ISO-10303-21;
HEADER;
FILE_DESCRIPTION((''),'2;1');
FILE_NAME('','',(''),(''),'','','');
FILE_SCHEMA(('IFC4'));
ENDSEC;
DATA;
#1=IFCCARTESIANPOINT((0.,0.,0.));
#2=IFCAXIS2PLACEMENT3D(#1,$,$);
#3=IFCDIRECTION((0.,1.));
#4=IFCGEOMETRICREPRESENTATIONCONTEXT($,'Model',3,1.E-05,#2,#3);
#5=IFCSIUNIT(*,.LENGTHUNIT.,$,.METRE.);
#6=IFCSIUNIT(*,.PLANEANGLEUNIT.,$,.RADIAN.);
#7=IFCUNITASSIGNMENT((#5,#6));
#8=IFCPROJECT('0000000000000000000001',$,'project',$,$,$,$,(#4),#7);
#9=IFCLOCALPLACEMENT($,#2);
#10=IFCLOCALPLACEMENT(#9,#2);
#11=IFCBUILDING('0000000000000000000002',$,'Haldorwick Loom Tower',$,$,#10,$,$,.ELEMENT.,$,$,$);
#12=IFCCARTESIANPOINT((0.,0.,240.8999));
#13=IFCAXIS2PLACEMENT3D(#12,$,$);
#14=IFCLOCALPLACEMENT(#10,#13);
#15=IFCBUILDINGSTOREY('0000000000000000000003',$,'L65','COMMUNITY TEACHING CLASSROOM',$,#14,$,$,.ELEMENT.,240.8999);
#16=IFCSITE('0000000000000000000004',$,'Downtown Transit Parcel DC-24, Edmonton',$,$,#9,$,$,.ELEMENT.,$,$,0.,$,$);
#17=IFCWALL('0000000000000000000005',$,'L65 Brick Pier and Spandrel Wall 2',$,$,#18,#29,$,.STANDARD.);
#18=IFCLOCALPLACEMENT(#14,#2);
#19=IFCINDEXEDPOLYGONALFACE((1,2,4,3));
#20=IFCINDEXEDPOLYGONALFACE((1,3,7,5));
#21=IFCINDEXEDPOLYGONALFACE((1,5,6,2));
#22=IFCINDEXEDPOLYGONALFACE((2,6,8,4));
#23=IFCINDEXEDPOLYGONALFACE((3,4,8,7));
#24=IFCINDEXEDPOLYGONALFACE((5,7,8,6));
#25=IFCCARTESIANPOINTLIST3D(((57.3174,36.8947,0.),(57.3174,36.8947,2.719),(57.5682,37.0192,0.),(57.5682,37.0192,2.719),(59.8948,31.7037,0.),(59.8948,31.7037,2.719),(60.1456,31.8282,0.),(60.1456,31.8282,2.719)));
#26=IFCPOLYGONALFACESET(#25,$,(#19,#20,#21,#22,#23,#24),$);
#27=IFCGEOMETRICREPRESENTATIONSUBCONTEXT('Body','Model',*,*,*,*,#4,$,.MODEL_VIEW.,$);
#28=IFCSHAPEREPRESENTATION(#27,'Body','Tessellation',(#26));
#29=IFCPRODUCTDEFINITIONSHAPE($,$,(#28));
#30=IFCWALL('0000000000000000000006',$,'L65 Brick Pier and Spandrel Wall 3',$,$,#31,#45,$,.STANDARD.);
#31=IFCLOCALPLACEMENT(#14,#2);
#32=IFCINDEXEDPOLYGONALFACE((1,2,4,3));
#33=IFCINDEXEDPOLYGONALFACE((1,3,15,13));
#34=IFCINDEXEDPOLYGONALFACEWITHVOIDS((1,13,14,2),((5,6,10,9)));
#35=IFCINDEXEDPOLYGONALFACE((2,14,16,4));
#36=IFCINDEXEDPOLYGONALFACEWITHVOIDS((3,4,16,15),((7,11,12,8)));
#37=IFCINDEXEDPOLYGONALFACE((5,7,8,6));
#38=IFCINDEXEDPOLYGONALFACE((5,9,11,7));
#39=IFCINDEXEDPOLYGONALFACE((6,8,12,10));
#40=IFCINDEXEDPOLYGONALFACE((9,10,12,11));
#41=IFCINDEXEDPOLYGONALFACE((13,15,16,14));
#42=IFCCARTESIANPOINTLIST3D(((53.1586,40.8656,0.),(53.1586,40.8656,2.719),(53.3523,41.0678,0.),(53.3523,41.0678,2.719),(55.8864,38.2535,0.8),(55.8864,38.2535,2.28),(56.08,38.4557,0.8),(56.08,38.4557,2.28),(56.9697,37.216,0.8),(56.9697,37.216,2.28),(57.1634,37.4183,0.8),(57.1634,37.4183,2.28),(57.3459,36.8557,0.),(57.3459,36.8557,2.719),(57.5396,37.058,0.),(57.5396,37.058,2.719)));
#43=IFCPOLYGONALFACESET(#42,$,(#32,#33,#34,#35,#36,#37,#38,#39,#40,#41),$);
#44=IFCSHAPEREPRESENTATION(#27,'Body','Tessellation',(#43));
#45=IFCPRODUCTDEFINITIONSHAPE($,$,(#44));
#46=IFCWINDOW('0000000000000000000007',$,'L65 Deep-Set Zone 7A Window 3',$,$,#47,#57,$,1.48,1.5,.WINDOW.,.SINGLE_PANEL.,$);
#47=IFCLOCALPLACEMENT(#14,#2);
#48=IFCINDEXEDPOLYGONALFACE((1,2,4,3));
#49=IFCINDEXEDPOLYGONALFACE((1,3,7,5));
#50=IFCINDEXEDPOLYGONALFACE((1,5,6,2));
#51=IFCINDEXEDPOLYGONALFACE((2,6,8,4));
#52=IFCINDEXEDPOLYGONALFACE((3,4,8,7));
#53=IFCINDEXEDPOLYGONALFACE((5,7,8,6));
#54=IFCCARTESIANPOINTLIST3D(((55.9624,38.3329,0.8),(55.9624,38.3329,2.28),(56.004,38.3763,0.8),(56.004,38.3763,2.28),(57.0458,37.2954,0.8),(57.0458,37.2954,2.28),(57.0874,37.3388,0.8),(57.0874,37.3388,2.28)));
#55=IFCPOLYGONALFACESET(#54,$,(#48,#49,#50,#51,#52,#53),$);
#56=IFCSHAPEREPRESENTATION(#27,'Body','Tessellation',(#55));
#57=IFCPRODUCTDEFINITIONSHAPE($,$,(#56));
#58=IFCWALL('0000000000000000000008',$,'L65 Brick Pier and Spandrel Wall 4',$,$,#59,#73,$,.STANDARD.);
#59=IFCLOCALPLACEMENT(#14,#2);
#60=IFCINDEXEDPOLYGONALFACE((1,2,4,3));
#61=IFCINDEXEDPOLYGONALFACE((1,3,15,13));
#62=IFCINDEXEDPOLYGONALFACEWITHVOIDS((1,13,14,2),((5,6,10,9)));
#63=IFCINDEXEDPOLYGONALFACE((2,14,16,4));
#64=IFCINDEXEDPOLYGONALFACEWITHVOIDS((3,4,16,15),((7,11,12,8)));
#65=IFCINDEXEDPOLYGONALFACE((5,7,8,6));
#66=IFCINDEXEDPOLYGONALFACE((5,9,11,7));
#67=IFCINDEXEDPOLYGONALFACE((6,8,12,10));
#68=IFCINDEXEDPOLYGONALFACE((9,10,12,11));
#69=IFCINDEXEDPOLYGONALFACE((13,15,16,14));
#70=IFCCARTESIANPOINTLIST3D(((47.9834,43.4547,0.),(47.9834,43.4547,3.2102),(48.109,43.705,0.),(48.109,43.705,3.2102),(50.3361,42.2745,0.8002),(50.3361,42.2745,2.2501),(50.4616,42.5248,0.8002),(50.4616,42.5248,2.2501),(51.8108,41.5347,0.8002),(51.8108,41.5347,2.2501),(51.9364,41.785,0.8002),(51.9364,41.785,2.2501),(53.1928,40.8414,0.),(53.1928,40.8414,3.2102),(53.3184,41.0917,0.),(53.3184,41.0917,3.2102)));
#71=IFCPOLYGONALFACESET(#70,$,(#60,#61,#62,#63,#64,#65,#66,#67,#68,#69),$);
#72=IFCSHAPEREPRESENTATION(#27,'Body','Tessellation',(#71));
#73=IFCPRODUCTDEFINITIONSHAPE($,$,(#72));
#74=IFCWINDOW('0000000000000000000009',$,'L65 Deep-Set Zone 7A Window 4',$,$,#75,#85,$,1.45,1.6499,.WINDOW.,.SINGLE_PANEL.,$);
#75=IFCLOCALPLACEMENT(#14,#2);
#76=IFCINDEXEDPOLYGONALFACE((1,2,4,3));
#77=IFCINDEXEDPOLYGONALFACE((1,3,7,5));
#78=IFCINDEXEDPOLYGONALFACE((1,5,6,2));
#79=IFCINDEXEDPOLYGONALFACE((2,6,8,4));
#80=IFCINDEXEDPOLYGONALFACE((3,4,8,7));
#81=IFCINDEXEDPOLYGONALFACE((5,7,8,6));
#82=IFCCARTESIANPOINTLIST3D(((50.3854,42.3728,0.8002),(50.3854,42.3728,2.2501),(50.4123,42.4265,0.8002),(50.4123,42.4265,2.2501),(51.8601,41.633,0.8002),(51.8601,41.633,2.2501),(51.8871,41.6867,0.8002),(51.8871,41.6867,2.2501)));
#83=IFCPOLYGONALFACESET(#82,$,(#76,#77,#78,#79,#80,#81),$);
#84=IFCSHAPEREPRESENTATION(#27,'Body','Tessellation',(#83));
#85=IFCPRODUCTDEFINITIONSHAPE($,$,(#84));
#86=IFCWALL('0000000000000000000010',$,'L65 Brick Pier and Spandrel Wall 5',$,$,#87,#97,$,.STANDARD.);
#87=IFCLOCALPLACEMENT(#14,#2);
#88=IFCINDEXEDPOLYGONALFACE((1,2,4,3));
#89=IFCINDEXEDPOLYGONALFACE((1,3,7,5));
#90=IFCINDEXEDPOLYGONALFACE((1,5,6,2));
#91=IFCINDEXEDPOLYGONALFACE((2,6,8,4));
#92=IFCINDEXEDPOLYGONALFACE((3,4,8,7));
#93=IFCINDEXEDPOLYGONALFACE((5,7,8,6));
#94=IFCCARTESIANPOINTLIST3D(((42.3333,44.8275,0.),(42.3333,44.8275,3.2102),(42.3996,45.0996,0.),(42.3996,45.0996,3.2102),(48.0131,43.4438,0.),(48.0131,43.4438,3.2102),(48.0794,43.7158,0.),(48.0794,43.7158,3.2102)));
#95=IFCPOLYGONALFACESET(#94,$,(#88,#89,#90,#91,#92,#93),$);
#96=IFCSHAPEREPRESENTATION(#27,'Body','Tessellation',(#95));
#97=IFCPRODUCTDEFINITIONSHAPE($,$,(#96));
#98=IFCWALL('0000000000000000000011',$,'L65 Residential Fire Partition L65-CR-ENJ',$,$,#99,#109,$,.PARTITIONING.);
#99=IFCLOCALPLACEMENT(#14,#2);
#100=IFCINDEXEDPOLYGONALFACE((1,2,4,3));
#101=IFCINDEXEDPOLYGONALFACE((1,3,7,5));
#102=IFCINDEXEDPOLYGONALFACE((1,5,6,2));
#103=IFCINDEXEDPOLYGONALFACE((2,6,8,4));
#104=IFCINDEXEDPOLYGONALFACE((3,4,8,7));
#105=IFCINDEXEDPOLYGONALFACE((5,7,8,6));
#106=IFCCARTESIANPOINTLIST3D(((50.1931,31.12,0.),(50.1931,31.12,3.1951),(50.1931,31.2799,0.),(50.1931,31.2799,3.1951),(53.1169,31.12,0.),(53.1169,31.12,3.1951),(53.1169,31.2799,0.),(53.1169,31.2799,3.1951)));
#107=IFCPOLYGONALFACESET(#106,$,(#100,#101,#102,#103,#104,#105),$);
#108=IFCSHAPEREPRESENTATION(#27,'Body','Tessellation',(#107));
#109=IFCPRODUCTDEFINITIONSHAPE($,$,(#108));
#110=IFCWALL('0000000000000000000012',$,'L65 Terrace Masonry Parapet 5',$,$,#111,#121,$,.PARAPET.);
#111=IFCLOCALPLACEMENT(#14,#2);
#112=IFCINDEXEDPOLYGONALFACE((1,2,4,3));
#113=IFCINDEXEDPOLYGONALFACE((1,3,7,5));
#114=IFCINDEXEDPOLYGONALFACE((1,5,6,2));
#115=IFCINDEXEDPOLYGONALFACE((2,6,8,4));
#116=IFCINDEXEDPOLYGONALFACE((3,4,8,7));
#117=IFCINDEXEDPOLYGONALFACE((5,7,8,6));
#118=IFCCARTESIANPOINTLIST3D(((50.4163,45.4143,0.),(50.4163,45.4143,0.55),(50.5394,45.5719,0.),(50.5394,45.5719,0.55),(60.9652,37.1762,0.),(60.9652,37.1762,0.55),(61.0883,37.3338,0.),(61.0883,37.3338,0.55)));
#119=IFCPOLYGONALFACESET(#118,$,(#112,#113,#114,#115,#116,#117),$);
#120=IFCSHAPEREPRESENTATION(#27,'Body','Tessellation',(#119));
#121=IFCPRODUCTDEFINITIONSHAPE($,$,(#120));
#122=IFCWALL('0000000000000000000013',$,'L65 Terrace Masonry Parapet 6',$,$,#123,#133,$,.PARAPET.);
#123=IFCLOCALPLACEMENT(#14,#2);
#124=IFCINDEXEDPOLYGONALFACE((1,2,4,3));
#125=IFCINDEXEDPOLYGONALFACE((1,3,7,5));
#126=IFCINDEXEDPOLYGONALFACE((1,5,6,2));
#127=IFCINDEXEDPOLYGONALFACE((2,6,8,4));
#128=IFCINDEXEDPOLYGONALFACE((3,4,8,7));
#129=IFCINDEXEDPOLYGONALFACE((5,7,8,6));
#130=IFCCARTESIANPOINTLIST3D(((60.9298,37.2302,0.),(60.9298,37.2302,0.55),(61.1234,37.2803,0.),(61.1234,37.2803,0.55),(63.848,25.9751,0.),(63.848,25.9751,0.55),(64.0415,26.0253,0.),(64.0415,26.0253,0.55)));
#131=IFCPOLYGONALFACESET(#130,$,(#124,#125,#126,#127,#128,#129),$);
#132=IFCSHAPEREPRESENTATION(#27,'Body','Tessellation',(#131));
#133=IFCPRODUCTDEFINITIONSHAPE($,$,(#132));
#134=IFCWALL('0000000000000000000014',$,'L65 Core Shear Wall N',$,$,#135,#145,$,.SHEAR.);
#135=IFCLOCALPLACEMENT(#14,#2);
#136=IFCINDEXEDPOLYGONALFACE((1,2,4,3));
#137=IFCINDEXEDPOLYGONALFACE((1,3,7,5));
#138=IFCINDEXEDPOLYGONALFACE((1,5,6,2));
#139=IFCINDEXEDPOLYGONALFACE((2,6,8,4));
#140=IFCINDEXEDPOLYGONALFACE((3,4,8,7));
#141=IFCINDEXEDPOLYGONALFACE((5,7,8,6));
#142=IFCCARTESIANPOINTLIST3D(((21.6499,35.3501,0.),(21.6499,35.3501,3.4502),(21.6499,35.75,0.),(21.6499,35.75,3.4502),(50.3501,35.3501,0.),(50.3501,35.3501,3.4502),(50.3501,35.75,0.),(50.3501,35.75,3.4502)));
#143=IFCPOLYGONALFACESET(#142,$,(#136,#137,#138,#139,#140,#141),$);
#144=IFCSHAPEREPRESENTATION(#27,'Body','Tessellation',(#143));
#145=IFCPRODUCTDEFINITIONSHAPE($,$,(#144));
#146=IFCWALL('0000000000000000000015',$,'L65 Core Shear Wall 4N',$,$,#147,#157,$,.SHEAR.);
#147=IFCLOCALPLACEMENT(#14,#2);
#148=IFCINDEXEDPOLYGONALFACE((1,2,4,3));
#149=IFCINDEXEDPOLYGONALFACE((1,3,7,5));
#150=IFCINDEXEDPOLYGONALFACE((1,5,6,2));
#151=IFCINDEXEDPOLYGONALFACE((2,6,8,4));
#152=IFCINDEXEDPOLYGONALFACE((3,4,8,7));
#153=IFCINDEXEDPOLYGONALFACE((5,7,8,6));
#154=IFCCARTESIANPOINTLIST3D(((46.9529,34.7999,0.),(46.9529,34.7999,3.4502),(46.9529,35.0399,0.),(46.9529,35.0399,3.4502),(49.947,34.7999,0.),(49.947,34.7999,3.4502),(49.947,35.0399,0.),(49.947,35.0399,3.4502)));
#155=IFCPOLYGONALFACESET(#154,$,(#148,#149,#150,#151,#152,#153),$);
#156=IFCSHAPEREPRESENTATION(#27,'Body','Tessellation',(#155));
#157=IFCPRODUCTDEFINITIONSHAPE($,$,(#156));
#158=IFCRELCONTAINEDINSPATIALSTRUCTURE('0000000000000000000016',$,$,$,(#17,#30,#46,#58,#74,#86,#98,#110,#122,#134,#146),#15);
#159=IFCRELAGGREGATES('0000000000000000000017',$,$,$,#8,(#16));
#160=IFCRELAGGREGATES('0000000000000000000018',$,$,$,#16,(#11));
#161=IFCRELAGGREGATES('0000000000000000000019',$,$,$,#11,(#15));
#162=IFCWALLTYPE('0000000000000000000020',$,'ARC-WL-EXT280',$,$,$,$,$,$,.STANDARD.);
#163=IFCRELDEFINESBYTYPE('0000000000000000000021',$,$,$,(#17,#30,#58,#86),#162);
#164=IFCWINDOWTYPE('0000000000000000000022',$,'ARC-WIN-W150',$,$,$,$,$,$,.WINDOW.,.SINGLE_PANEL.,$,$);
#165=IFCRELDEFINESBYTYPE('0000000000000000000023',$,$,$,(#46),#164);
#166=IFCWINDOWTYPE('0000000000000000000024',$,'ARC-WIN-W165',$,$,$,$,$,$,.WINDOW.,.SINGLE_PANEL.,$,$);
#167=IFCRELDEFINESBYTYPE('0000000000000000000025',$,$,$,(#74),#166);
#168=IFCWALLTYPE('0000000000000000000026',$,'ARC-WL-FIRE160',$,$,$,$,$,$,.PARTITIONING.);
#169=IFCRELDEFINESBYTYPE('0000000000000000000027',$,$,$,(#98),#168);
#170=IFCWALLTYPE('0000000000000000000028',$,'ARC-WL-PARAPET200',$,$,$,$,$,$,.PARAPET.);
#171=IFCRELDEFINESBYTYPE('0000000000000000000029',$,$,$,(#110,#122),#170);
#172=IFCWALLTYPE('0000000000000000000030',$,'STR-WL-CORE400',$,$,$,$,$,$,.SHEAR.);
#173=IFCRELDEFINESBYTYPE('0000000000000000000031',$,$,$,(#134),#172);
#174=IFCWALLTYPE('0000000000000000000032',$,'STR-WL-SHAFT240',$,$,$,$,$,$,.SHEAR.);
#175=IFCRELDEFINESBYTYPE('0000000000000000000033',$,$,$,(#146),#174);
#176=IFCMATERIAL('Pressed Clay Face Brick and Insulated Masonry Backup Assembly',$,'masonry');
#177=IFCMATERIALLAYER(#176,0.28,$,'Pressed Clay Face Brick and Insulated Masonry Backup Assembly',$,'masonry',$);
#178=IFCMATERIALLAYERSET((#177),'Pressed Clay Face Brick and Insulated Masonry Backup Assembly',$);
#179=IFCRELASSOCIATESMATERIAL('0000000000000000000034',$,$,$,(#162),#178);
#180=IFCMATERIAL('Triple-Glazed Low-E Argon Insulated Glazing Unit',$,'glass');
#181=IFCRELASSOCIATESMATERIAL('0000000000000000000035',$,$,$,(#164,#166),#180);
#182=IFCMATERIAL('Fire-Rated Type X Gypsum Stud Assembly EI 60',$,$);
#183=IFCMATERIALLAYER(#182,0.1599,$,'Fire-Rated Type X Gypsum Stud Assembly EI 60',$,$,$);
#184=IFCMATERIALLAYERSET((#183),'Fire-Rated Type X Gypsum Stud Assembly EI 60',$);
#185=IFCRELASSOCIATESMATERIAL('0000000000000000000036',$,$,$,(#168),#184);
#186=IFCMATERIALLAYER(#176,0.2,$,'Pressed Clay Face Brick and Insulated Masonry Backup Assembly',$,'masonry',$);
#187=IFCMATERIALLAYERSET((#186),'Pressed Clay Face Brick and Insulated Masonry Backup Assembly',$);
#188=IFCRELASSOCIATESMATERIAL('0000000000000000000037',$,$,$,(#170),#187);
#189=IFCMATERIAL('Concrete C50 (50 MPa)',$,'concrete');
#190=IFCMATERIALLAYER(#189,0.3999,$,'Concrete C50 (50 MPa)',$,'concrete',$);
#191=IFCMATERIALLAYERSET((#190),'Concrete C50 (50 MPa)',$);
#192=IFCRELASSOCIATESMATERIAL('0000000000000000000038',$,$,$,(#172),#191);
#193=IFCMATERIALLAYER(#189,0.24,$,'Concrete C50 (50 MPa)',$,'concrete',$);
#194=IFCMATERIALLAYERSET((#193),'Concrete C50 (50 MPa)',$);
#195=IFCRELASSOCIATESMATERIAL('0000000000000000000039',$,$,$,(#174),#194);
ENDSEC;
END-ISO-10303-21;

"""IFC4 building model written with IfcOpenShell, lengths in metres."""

from ifc_helpers import new_model, si_unit, direction, frame, frame_2d, origin, place, context, subcontext, project, spatial, rectangle, extrude, material, layer, layer_set, type_object, element, fill, save


model = new_model("IFC4")

# Units and contexts
model_context = context("Model", 3, precision=1e-05, world=origin(), true_north=direction((0.0, 1.0)))
body_context = subcontext(model_context, "Body", "Model", "MODEL_VIEW")
ifc_project = project(units=[si_unit("LENGTHUNIT", "METRE"), si_unit("PLANEANGLEUNIT", "RADIAN")], contexts=[model_context])

# Site, building, storey
site_placement = place(None, origin())
site = spatial("IfcSite", under=ifc_project, at=site_placement, Name="Downtown Transit Parcel DC-24, Edmonton", CompositionType="ELEMENT", RefElevation=0.0)
building_placement = place(site_placement, origin())
building = spatial("IfcBuilding", under=site, at=building_placement, Name="Haldorwick Loom Tower", CompositionType="ELEMENT")
storey_placement = place(building_placement, frame((0.0, 0.0, 240.8999)))
storey = spatial("IfcBuildingStorey", under=building, at=storey_placement, Name="L65", Description="COMMUNITY TEACHING CLASSROOM", CompositionType="ELEMENT", Elevation=240.8999)

# Wall
ifc_material_1 = material(Name="Pressed Clay Face Brick and Insulated Masonry Backup Assembly", Category="masonry")
ifc_layer_1 = layer(ifc_material_1, 0.28, Name="Pressed Clay Face Brick and Insulated Masonry Backup Assembly", Category="masonry")
ifc_layer_set_1 = layer_set([ifc_layer_1], Name="Pressed Clay Face Brick and Insulated Masonry Backup Assembly")
wall_type_1 = type_object("IfcWallType", Name="ARC-WL-EXT280", PredefinedType="STANDARD", material=ifc_layer_set_1)
wall_1_placement = place(storey_placement, frame((60.0203, 31.7659, 0.0), z_axis=(0.0, 0.0, 1.0), x_axis=(-0.444718, 0.895671, 0.0)))
element("IfcWall", 1, at=wall_1_placement, inside=storey, type_object=wall_type_1, Name="L65 Brick Pier and Spandrel Wall 2", PredefinedType="STANDARD", context=body_context, shape_type="SweptSolid", body=[
    extrude(rectangle(XDim=5.7957, YDim=0.28, at=frame_2d((2.8979, 0.0))), origin(), (0.0, 0.0, 1.0), 2.719),
])

# Walls, openings, windows
wall_2_placement = place(storey_placement, frame((57.4429, 36.9568, 0.0), z_axis=(0.0, 0.0, 1.0), x_axis=(-0.722248, 0.691634, 0.0)))
wall_2 = element("IfcWall", 2, at=wall_2_placement, inside=storey, type_object=wall_type_1, Name="L65 Brick Pier and Spandrel Wall 3", PredefinedType="STANDARD", context=body_context, shape_type="SweptSolid", body=[
    extrude(rectangle(XDim=5.7976, YDim=0.28, at=frame_2d((2.8989, 0.0))), origin(), (0.0, 0.0, 1.0), 2.719),
])
opening_1_placement = place(wall_2_placement, frame((0.521, 0.0, 0.8)))
opening_1 = element("IfcOpeningElement", 3, at=opening_1_placement, cuts=wall_2, PredefinedType="OPENING", context=body_context, shape_type="SweptSolid", body=[
    extrude(rectangle(XDim=1.5, YDim=1.48, at=frame_2d((0.75, 0.74))), frame((0.0, 0.1499, 0.0), z_axis=(0.0, -1.0, 0.0), x_axis=(1.0, 0.0, 0.0)), (0.0, 0.0, 1.0), 0.3),
])
ifc_material_2 = material(Name="Triple-Glazed Low-E Argon Insulated Glazing Unit", Category="glass")
window_type_1 = type_object("IfcWindowType", Name="ARC-WIN-W150", PartitioningType="SINGLE_PANEL", PredefinedType="WINDOW", material=ifc_material_2)
window_1_placement = place(opening_1_placement, origin())
window_1 = element("IfcWindow", 4, at=window_1_placement, inside=storey, type_object=window_type_1, Name="L65 Deep-Set Zone 7A Window 3", OverallHeight=1.48, OverallWidth=1.5, PartitioningType="SINGLE_PANEL", PredefinedType="WINDOW", context=body_context, shape_type="SweptSolid", body=[
    extrude(rectangle(XDim=1.5, YDim=1.48, at=frame_2d((0.75, 0.74))), frame((0.0, 0.03, 0.0), z_axis=(0.0, -1.0, 0.0), x_axis=(1.0, 0.0, 0.0)), (0.0, 0.0, 1.0), 0.0601),
])
fill(opening_1, window_1)
wall_3_placement = place(storey_placement, frame((53.2556, 40.9666, 0.0), z_axis=(0.0, 0.0, 1.0), x_axis=(-0.89384, 0.448386, 0.0)))
wall_3 = element("IfcWall", 5, at=wall_3_placement, inside=storey, type_object=wall_type_1, Name="L65 Brick Pier and Spandrel Wall 4", PredefinedType="STANDARD", context=body_context, shape_type="SweptSolid", body=[
    extrude(rectangle(XDim=5.8281, YDim=0.28, at=frame_2d((2.9141, 0.0))), origin(), (0.0, 0.0, 1.0), 3.2102),
])
opening_2_placement = place(wall_3_placement, frame((1.5461, 0.0, 0.8)))
opening_2 = element("IfcOpeningElement", 6, at=opening_2_placement, cuts=wall_3, PredefinedType="OPENING", context=body_context, shape_type="SweptSolid", body=[
    extrude(rectangle(XDim=1.6499, YDim=1.45, at=frame_2d((0.825, 0.7251))), frame((0.0, 0.1499, 0.0), z_axis=(0.0, -1.0, 0.0), x_axis=(1.0, 0.0, 0.0)), (0.0, 0.0, 1.0), 0.3),
])
window_type_2 = type_object("IfcWindowType", Name="ARC-WIN-W165", PartitioningType="SINGLE_PANEL", PredefinedType="WINDOW", material=ifc_material_2)
window_2_placement = place(opening_2_placement, origin())
window_2 = element("IfcWindow", 7, at=window_2_placement, inside=storey, type_object=window_type_2, Name="L65 Deep-Set Zone 7A Window 4", OverallHeight=1.45, OverallWidth=1.6499, PartitioningType="SINGLE_PANEL", PredefinedType="WINDOW", context=body_context, shape_type="SweptSolid", body=[
    extrude(rectangle(XDim=1.6499, YDim=1.45, at=frame_2d((0.825, 0.7251))), frame((0.0, 0.03, 0.0), z_axis=(0.0, -1.0, 0.0), x_axis=(1.0, 0.0, 0.0)), (0.0, 0.0, 1.0), 0.0601),
])
fill(opening_2, window_2)

# Walls
wall_4_placement = place(storey_placement, frame((48.0461, 43.5798, 0.0), z_axis=(0.0, 0.0, 1.0), x_axis=(-0.971582, 0.236704, 0.0)))
element("IfcWall", 8, at=wall_4_placement, inside=storey, type_object=wall_type_1, Name="L65 Brick Pier and Spandrel Wall 5", PredefinedType="STANDARD", context=body_context, shape_type="SweptSolid", body=[
    extrude(rectangle(XDim=5.8459, YDim=0.28, at=frame_2d((2.9229, 0.0))), origin(), (0.0, 0.0, 1.0), 3.2102),
])
ifc_material_3 = material(Name="Fire-Rated Type X Gypsum Stud Assembly EI 60")
ifc_layer_2 = layer(ifc_material_3, 0.1599, Name="Fire-Rated Type X Gypsum Stud Assembly EI 60")
ifc_layer_set_2 = layer_set([ifc_layer_2], Name="Fire-Rated Type X Gypsum Stud Assembly EI 60")
wall_type_2 = type_object("IfcWallType", Name="ARC-WL-FIRE160", PredefinedType="PARTITIONING", material=ifc_layer_set_2)
wall_5_placement = place(storey_placement, frame((50.1931, 31.2, 0.0), z_axis=(0.0, 0.0, 1.0), x_axis=(1.0, 0.0, 0.0)))
element("IfcWall", 9, at=wall_5_placement, inside=storey, type_object=wall_type_2, Name="L65 Residential Fire Partition L65-CR-ENJ", PredefinedType="PARTITIONING", context=body_context, shape_type="SweptSolid", body=[
    extrude(rectangle(XDim=2.9238, YDim=0.1599, at=frame_2d((1.4619, 0.0))), origin(), (0.0, 0.0, 1.0), 3.1951),
])
ifc_layer_3 = layer(ifc_material_1, 0.2, Name="Pressed Clay Face Brick and Insulated Masonry Backup Assembly", Category="masonry")
ifc_layer_set_3 = layer_set([ifc_layer_3], Name="Pressed Clay Face Brick and Insulated Masonry Backup Assembly")
wall_type_3 = type_object("IfcWallType", Name="ARC-WL-PARAPET200", PredefinedType="PARAPET", material=ifc_layer_set_3)
wall_6_placement = place(storey_placement, frame((50.4778, 45.4932, 0.0), z_axis=(0.0, 0.0, 1.0), x_axis=(0.788142, -0.615494, 0.0)))
element("IfcWall", 10, at=wall_6_placement, inside=storey, type_object=wall_type_3, Name="L65 Terrace Masonry Parapet 5", PredefinedType="PARAPET", context=body_context, shape_type="SweptSolid", body=[
    extrude(rectangle(XDim=13.3845, YDim=0.2, at=frame_2d((6.6924, 0.0))), origin(), (0.0, 0.0, 1.0), 0.55),
])
wall_7_placement = place(storey_placement, frame((61.0266, 37.2551, 0.0), z_axis=(0.0, 0.0, 1.0), x_axis=(0.25098, -0.967992, 0.0)))
element("IfcWall", 11, at=wall_7_placement, inside=storey, type_object=wall_type_3, Name="L65 Terrace Masonry Parapet 6", PredefinedType="PARAPET", context=body_context, shape_type="SweptSolid", body=[
    extrude(rectangle(XDim=11.6272, YDim=0.2, at=frame_2d((5.8135, 0.0))), origin(), (0.0, 0.0, 1.0), 0.55),
])
ifc_material_4 = material(Name="Concrete C50 (50 MPa)", Category="concrete")
ifc_layer_4 = layer(ifc_material_4, 0.3999, Name="Concrete C50 (50 MPa)", Category="concrete")
ifc_layer_set_4 = layer_set([ifc_layer_4], Name="Concrete C50 (50 MPa)")
wall_type_4 = type_object("IfcWallType", Name="STR-WL-CORE400", PredefinedType="SHEAR", material=ifc_layer_set_4)
wall_8_placement = place(storey_placement, frame((50.3501, 35.55, 0.0), z_axis=(0.0, 0.0, 1.0), x_axis=(-1.0, 0.0, 0.0)))
element("IfcWall", 12, at=wall_8_placement, inside=storey, type_object=wall_type_4, Name="L65 Core Shear Wall N", PredefinedType="SHEAR", context=body_context, shape_type="SweptSolid", body=[
    extrude(rectangle(XDim=28.7002, YDim=0.3999, at=frame_2d((14.3501, 0.0))), origin(), (0.0, 0.0, 1.0), 3.4502),
])
ifc_layer_5 = layer(ifc_material_4, 0.24, Name="Concrete C50 (50 MPa)", Category="concrete")
ifc_layer_set_5 = layer_set([ifc_layer_5], Name="Concrete C50 (50 MPa)")
wall_type_5 = type_object("IfcWallType", Name="STR-WL-SHAFT240", PredefinedType="SHEAR", material=ifc_layer_set_5)
wall_9_placement = place(storey_placement, frame((46.9529, 34.9199, 0.0), z_axis=(0.0, 0.0, 1.0), x_axis=(1.0, 0.0, 0.0)))
element("IfcWall", 13, at=wall_9_placement, inside=storey, type_object=wall_type_5, Name="L65 Core Shear Wall 4N", PredefinedType="SHEAR", context=body_context, shape_type="SweptSolid", body=[
    extrude(rectangle(XDim=2.9941, YDim=0.24, at=frame_2d((1.4971, 0.0))), origin(), (0.0, 0.0, 1.0), 3.4502),
])

save(model, "model.ifc")
